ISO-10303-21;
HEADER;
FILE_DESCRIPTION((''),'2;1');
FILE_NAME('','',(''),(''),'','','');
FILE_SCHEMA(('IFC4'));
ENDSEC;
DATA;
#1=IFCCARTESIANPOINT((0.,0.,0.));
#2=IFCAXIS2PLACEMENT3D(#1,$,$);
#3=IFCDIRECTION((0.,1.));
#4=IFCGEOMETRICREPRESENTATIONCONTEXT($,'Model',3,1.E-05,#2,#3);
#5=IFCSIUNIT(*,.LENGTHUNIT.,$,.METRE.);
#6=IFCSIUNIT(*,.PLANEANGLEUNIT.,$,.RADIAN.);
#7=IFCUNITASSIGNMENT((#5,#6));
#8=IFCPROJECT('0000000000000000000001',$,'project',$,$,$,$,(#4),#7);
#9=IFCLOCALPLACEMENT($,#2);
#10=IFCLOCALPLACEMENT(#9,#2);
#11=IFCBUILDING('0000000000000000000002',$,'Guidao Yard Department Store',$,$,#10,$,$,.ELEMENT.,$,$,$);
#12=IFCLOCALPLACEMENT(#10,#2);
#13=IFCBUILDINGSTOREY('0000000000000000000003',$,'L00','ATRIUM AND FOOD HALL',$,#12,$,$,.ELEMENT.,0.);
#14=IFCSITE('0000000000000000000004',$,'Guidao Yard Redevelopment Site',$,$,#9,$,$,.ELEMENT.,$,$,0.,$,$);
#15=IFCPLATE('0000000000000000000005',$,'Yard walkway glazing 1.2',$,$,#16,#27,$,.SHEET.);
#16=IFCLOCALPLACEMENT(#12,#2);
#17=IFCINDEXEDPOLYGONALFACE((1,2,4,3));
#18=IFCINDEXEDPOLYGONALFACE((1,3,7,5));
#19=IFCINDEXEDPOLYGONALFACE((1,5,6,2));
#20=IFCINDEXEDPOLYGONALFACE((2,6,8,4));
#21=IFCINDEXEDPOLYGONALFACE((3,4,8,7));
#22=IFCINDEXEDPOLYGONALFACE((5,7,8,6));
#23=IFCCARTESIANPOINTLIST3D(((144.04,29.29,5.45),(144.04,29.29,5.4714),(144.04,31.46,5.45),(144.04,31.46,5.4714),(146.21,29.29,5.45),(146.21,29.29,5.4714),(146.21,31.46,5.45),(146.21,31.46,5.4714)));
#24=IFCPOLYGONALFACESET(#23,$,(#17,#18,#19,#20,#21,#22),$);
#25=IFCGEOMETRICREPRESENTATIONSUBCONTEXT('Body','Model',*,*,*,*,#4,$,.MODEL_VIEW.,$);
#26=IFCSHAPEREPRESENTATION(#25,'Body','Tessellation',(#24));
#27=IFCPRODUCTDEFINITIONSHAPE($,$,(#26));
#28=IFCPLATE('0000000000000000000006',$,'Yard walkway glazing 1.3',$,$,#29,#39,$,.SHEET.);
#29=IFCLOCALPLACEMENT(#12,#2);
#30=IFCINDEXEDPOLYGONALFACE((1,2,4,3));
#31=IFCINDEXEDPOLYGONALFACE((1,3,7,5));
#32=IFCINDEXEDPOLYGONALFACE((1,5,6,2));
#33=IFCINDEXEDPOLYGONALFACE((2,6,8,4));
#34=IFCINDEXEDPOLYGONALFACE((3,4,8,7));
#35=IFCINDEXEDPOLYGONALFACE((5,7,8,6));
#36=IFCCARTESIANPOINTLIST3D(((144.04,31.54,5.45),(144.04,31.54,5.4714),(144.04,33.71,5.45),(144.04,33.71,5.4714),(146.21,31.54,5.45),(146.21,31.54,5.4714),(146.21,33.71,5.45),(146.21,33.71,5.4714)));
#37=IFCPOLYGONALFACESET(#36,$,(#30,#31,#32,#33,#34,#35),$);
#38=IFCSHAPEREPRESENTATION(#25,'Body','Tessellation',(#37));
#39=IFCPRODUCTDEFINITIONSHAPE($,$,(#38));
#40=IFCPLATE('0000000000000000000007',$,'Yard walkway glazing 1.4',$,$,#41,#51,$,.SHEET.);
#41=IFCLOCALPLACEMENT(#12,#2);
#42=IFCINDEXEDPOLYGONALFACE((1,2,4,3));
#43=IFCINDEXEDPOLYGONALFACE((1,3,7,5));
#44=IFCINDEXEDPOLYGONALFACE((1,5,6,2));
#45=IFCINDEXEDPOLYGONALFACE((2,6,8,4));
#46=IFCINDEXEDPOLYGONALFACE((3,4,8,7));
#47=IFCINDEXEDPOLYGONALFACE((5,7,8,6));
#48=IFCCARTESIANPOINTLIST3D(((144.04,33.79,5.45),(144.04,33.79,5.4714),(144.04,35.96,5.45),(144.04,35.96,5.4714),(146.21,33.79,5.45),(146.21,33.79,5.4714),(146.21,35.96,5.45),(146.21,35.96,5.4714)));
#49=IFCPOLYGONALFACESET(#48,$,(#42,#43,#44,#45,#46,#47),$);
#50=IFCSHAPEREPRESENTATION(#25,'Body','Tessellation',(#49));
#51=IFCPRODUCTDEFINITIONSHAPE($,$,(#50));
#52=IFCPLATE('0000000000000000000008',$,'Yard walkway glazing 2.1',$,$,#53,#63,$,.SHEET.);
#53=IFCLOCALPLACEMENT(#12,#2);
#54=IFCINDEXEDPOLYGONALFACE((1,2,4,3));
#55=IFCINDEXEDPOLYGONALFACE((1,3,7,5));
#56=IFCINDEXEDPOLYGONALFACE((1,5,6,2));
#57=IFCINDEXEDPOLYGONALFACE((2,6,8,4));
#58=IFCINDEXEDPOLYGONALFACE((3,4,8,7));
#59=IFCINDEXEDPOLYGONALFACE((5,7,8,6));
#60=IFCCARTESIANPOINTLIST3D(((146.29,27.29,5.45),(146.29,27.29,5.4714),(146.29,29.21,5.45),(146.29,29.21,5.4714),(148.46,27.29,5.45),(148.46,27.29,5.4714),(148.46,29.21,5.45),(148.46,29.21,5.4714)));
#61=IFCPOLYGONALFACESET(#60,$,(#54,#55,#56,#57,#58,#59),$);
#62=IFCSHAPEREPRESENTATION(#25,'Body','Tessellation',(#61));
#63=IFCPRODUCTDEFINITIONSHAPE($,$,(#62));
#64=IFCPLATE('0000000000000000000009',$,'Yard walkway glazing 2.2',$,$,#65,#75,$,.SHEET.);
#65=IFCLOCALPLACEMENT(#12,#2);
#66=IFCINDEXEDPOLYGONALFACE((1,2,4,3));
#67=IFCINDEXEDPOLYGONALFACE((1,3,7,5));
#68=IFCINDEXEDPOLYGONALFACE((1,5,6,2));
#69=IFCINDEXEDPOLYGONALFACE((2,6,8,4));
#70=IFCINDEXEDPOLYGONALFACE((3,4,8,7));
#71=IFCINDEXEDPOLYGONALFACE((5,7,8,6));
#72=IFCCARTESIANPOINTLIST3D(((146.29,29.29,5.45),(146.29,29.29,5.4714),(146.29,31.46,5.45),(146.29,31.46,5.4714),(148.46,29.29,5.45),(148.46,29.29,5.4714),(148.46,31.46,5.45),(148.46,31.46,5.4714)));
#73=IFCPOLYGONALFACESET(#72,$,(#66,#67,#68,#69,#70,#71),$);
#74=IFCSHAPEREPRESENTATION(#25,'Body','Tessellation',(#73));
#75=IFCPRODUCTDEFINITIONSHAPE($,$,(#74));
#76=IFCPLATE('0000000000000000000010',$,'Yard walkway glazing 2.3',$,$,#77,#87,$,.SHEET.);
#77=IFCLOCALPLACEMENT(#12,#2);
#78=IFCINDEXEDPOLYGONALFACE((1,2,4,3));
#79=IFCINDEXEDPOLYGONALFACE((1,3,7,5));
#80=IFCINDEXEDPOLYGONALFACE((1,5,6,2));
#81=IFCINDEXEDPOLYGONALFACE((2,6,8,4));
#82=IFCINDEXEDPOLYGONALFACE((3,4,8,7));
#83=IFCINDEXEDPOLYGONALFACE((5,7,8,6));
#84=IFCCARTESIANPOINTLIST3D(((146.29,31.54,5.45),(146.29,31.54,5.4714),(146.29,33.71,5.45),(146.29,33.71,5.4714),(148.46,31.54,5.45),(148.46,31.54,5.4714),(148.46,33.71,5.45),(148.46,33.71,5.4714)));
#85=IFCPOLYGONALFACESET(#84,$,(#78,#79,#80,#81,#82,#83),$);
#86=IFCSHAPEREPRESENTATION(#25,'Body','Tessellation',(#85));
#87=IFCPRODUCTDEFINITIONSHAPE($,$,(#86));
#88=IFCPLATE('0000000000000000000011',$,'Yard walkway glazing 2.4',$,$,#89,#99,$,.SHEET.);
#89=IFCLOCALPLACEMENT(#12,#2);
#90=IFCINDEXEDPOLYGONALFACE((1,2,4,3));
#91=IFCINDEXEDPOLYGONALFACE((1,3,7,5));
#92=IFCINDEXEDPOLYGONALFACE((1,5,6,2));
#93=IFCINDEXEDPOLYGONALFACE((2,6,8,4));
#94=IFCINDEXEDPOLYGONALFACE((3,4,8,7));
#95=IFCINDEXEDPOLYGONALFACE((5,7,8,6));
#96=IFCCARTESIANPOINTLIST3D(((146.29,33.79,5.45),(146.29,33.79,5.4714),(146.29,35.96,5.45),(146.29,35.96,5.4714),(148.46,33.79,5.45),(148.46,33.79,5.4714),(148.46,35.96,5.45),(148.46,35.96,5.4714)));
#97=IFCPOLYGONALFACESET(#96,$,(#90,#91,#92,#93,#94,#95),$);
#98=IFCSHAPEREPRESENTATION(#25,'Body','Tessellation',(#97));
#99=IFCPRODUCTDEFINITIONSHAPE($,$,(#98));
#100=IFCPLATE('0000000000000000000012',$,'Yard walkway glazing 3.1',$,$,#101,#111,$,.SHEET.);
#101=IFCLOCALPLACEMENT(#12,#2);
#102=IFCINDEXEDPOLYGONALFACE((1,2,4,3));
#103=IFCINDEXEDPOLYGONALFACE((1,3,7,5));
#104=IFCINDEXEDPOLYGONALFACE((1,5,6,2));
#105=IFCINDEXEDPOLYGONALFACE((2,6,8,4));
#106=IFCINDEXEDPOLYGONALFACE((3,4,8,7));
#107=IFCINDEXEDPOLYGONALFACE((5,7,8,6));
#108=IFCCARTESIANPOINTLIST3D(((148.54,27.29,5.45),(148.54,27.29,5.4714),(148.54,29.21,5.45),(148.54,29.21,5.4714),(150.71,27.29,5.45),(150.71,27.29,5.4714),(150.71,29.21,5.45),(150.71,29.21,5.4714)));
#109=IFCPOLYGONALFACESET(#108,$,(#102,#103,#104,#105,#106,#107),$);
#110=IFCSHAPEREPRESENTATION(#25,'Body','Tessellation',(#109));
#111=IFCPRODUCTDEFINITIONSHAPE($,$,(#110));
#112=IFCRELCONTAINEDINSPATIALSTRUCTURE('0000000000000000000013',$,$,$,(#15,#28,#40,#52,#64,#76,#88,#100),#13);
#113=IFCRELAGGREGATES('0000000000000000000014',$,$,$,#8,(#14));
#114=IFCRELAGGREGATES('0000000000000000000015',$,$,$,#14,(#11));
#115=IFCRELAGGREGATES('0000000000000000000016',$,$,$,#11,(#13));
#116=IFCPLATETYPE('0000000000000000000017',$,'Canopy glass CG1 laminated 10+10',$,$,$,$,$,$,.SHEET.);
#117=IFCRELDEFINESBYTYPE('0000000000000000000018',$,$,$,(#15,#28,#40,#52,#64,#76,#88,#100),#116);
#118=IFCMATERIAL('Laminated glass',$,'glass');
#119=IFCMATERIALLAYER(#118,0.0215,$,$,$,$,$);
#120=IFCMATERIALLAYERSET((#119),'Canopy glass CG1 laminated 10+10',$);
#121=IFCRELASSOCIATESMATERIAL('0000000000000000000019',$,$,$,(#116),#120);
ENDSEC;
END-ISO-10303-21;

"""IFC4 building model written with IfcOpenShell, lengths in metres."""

from ifc_helpers import new_model, si_unit, direction, frame, origin, origin_2d, place, context, subcontext, project, spatial, rectangle, extrude, material, layer, layer_set, type_object, element, save


model = new_model("IFC4")

# Units and contexts
model_context = context("Model", 3, precision=1e-05, world=origin(), true_north=direction((0.0, 1.0)))
body_context = subcontext(model_context, "Body", "Model", "MODEL_VIEW")
ifc_project = project(units=[si_unit("LENGTHUNIT", "METRE"), si_unit("PLANEANGLEUNIT", "RADIAN")], contexts=[model_context])

# Site, building, storey
site_placement = place(None, origin())
site = spatial("IfcSite", under=ifc_project, at=site_placement, Name="Guidao Yard Redevelopment Site", CompositionType="ELEMENT", RefElevation=0.0)
building_placement = place(site_placement, origin())
building = spatial("IfcBuilding", under=site, at=building_placement, Name="Guidao Yard Department Store", CompositionType="ELEMENT")
storey_placement = place(building_placement, origin())
storey = spatial("IfcBuildingStorey", under=building, at=storey_placement, Name="L00", Description="ATRIUM AND FOOD HALL", CompositionType="ELEMENT", Elevation=0.0)

# Plates
ifc_material_1 = material(Name="Laminated glass", Category="glass")
ifc_layer = layer(ifc_material_1, 0.0215)
ifc_layer_set = layer_set([ifc_layer], Name="Canopy glass CG1 laminated 10+10")
plate_type = type_object("IfcPlateType", Name="Canopy glass CG1 laminated 10+10", PredefinedType="SHEET", material=ifc_layer_set)
for number, where, z_axis, x_axis, name in (
    (1, (145.125, 30.375, 5.45), (0.0, 0.0, 1.0), (1.0, 0.0, 0.0), "Yard walkway glazing 1.2"),
    (2, (145.125, 32.625, 5.45), (0.0, 0.0, 1.0), (1.0, 0.0, 0.0), "Yard walkway glazing 1.3"),
    (3, (145.125, 34.875, 5.45), (0.0, 0.0, 1.0), (1.0, 0.0, 0.0), "Yard walkway glazing 1.4"),
):
    element("IfcPlate", number, at=place(storey_placement, frame(where, z_axis=z_axis, x_axis=x_axis)), inside=storey, type_object=plate_type, Name=name, PredefinedType="SHEET", context=body_context, shape_type="SweptSolid", body=[
        extrude(rectangle(XDim=2.1699, YDim=2.1699, at=origin_2d()), origin(), (0.0, 0.0, 1.0), 0.0215),
    ])
plate_1_placement = place(storey_placement, frame((147.375, 28.25, 5.45), z_axis=(0.0, 0.0, 1.0), x_axis=(1.0, 0.0, 0.0)))
element("IfcPlate", 4, at=plate_1_placement, inside=storey, type_object=plate_type, Name="Yard walkway glazing 2.1", PredefinedType="SHEET", context=body_context, shape_type="SweptSolid", body=[
    extrude(rectangle(XDim=2.1699, YDim=1.9199, at=origin_2d()), origin(), (0.0, 0.0, 1.0), 0.0215),
])
for number, where, z_axis, x_axis, name in (
    (5, (147.375, 30.375, 5.45), (0.0, 0.0, 1.0), (1.0, 0.0, 0.0), "Yard walkway glazing 2.2"),
    (6, (147.375, 32.625, 5.45), (0.0, 0.0, 1.0), (1.0, 0.0, 0.0), "Yard walkway glazing 2.3"),
    (7, (147.375, 34.875, 5.45), (0.0, 0.0, 1.0), (1.0, 0.0, 0.0), "Yard walkway glazing 2.4"),
):
    element("IfcPlate", number, at=place(storey_placement, frame(where, z_axis=z_axis, x_axis=x_axis)), inside=storey, type_object=plate_type, Name=name, PredefinedType="SHEET", context=body_context, shape_type="SweptSolid", body=[
        extrude(rectangle(XDim=2.1699, YDim=2.1699, at=origin_2d()), origin(), (0.0, 0.0, 1.0), 0.0215),
    ])
plate_2_placement = place(storey_placement, frame((149.625, 28.25, 5.45), z_axis=(0.0, 0.0, 1.0), x_axis=(1.0, 0.0, 0.0)))
element("IfcPlate", 8, at=plate_2_placement, inside=storey, type_object=plate_type, Name="Yard walkway glazing 3.1", PredefinedType="SHEET", context=body_context, shape_type="SweptSolid", body=[
    extrude(rectangle(XDim=2.1699, YDim=1.9199, at=origin_2d()), origin(), (0.0, 0.0, 1.0), 0.0215),
])

save(model, "model.ifc")
